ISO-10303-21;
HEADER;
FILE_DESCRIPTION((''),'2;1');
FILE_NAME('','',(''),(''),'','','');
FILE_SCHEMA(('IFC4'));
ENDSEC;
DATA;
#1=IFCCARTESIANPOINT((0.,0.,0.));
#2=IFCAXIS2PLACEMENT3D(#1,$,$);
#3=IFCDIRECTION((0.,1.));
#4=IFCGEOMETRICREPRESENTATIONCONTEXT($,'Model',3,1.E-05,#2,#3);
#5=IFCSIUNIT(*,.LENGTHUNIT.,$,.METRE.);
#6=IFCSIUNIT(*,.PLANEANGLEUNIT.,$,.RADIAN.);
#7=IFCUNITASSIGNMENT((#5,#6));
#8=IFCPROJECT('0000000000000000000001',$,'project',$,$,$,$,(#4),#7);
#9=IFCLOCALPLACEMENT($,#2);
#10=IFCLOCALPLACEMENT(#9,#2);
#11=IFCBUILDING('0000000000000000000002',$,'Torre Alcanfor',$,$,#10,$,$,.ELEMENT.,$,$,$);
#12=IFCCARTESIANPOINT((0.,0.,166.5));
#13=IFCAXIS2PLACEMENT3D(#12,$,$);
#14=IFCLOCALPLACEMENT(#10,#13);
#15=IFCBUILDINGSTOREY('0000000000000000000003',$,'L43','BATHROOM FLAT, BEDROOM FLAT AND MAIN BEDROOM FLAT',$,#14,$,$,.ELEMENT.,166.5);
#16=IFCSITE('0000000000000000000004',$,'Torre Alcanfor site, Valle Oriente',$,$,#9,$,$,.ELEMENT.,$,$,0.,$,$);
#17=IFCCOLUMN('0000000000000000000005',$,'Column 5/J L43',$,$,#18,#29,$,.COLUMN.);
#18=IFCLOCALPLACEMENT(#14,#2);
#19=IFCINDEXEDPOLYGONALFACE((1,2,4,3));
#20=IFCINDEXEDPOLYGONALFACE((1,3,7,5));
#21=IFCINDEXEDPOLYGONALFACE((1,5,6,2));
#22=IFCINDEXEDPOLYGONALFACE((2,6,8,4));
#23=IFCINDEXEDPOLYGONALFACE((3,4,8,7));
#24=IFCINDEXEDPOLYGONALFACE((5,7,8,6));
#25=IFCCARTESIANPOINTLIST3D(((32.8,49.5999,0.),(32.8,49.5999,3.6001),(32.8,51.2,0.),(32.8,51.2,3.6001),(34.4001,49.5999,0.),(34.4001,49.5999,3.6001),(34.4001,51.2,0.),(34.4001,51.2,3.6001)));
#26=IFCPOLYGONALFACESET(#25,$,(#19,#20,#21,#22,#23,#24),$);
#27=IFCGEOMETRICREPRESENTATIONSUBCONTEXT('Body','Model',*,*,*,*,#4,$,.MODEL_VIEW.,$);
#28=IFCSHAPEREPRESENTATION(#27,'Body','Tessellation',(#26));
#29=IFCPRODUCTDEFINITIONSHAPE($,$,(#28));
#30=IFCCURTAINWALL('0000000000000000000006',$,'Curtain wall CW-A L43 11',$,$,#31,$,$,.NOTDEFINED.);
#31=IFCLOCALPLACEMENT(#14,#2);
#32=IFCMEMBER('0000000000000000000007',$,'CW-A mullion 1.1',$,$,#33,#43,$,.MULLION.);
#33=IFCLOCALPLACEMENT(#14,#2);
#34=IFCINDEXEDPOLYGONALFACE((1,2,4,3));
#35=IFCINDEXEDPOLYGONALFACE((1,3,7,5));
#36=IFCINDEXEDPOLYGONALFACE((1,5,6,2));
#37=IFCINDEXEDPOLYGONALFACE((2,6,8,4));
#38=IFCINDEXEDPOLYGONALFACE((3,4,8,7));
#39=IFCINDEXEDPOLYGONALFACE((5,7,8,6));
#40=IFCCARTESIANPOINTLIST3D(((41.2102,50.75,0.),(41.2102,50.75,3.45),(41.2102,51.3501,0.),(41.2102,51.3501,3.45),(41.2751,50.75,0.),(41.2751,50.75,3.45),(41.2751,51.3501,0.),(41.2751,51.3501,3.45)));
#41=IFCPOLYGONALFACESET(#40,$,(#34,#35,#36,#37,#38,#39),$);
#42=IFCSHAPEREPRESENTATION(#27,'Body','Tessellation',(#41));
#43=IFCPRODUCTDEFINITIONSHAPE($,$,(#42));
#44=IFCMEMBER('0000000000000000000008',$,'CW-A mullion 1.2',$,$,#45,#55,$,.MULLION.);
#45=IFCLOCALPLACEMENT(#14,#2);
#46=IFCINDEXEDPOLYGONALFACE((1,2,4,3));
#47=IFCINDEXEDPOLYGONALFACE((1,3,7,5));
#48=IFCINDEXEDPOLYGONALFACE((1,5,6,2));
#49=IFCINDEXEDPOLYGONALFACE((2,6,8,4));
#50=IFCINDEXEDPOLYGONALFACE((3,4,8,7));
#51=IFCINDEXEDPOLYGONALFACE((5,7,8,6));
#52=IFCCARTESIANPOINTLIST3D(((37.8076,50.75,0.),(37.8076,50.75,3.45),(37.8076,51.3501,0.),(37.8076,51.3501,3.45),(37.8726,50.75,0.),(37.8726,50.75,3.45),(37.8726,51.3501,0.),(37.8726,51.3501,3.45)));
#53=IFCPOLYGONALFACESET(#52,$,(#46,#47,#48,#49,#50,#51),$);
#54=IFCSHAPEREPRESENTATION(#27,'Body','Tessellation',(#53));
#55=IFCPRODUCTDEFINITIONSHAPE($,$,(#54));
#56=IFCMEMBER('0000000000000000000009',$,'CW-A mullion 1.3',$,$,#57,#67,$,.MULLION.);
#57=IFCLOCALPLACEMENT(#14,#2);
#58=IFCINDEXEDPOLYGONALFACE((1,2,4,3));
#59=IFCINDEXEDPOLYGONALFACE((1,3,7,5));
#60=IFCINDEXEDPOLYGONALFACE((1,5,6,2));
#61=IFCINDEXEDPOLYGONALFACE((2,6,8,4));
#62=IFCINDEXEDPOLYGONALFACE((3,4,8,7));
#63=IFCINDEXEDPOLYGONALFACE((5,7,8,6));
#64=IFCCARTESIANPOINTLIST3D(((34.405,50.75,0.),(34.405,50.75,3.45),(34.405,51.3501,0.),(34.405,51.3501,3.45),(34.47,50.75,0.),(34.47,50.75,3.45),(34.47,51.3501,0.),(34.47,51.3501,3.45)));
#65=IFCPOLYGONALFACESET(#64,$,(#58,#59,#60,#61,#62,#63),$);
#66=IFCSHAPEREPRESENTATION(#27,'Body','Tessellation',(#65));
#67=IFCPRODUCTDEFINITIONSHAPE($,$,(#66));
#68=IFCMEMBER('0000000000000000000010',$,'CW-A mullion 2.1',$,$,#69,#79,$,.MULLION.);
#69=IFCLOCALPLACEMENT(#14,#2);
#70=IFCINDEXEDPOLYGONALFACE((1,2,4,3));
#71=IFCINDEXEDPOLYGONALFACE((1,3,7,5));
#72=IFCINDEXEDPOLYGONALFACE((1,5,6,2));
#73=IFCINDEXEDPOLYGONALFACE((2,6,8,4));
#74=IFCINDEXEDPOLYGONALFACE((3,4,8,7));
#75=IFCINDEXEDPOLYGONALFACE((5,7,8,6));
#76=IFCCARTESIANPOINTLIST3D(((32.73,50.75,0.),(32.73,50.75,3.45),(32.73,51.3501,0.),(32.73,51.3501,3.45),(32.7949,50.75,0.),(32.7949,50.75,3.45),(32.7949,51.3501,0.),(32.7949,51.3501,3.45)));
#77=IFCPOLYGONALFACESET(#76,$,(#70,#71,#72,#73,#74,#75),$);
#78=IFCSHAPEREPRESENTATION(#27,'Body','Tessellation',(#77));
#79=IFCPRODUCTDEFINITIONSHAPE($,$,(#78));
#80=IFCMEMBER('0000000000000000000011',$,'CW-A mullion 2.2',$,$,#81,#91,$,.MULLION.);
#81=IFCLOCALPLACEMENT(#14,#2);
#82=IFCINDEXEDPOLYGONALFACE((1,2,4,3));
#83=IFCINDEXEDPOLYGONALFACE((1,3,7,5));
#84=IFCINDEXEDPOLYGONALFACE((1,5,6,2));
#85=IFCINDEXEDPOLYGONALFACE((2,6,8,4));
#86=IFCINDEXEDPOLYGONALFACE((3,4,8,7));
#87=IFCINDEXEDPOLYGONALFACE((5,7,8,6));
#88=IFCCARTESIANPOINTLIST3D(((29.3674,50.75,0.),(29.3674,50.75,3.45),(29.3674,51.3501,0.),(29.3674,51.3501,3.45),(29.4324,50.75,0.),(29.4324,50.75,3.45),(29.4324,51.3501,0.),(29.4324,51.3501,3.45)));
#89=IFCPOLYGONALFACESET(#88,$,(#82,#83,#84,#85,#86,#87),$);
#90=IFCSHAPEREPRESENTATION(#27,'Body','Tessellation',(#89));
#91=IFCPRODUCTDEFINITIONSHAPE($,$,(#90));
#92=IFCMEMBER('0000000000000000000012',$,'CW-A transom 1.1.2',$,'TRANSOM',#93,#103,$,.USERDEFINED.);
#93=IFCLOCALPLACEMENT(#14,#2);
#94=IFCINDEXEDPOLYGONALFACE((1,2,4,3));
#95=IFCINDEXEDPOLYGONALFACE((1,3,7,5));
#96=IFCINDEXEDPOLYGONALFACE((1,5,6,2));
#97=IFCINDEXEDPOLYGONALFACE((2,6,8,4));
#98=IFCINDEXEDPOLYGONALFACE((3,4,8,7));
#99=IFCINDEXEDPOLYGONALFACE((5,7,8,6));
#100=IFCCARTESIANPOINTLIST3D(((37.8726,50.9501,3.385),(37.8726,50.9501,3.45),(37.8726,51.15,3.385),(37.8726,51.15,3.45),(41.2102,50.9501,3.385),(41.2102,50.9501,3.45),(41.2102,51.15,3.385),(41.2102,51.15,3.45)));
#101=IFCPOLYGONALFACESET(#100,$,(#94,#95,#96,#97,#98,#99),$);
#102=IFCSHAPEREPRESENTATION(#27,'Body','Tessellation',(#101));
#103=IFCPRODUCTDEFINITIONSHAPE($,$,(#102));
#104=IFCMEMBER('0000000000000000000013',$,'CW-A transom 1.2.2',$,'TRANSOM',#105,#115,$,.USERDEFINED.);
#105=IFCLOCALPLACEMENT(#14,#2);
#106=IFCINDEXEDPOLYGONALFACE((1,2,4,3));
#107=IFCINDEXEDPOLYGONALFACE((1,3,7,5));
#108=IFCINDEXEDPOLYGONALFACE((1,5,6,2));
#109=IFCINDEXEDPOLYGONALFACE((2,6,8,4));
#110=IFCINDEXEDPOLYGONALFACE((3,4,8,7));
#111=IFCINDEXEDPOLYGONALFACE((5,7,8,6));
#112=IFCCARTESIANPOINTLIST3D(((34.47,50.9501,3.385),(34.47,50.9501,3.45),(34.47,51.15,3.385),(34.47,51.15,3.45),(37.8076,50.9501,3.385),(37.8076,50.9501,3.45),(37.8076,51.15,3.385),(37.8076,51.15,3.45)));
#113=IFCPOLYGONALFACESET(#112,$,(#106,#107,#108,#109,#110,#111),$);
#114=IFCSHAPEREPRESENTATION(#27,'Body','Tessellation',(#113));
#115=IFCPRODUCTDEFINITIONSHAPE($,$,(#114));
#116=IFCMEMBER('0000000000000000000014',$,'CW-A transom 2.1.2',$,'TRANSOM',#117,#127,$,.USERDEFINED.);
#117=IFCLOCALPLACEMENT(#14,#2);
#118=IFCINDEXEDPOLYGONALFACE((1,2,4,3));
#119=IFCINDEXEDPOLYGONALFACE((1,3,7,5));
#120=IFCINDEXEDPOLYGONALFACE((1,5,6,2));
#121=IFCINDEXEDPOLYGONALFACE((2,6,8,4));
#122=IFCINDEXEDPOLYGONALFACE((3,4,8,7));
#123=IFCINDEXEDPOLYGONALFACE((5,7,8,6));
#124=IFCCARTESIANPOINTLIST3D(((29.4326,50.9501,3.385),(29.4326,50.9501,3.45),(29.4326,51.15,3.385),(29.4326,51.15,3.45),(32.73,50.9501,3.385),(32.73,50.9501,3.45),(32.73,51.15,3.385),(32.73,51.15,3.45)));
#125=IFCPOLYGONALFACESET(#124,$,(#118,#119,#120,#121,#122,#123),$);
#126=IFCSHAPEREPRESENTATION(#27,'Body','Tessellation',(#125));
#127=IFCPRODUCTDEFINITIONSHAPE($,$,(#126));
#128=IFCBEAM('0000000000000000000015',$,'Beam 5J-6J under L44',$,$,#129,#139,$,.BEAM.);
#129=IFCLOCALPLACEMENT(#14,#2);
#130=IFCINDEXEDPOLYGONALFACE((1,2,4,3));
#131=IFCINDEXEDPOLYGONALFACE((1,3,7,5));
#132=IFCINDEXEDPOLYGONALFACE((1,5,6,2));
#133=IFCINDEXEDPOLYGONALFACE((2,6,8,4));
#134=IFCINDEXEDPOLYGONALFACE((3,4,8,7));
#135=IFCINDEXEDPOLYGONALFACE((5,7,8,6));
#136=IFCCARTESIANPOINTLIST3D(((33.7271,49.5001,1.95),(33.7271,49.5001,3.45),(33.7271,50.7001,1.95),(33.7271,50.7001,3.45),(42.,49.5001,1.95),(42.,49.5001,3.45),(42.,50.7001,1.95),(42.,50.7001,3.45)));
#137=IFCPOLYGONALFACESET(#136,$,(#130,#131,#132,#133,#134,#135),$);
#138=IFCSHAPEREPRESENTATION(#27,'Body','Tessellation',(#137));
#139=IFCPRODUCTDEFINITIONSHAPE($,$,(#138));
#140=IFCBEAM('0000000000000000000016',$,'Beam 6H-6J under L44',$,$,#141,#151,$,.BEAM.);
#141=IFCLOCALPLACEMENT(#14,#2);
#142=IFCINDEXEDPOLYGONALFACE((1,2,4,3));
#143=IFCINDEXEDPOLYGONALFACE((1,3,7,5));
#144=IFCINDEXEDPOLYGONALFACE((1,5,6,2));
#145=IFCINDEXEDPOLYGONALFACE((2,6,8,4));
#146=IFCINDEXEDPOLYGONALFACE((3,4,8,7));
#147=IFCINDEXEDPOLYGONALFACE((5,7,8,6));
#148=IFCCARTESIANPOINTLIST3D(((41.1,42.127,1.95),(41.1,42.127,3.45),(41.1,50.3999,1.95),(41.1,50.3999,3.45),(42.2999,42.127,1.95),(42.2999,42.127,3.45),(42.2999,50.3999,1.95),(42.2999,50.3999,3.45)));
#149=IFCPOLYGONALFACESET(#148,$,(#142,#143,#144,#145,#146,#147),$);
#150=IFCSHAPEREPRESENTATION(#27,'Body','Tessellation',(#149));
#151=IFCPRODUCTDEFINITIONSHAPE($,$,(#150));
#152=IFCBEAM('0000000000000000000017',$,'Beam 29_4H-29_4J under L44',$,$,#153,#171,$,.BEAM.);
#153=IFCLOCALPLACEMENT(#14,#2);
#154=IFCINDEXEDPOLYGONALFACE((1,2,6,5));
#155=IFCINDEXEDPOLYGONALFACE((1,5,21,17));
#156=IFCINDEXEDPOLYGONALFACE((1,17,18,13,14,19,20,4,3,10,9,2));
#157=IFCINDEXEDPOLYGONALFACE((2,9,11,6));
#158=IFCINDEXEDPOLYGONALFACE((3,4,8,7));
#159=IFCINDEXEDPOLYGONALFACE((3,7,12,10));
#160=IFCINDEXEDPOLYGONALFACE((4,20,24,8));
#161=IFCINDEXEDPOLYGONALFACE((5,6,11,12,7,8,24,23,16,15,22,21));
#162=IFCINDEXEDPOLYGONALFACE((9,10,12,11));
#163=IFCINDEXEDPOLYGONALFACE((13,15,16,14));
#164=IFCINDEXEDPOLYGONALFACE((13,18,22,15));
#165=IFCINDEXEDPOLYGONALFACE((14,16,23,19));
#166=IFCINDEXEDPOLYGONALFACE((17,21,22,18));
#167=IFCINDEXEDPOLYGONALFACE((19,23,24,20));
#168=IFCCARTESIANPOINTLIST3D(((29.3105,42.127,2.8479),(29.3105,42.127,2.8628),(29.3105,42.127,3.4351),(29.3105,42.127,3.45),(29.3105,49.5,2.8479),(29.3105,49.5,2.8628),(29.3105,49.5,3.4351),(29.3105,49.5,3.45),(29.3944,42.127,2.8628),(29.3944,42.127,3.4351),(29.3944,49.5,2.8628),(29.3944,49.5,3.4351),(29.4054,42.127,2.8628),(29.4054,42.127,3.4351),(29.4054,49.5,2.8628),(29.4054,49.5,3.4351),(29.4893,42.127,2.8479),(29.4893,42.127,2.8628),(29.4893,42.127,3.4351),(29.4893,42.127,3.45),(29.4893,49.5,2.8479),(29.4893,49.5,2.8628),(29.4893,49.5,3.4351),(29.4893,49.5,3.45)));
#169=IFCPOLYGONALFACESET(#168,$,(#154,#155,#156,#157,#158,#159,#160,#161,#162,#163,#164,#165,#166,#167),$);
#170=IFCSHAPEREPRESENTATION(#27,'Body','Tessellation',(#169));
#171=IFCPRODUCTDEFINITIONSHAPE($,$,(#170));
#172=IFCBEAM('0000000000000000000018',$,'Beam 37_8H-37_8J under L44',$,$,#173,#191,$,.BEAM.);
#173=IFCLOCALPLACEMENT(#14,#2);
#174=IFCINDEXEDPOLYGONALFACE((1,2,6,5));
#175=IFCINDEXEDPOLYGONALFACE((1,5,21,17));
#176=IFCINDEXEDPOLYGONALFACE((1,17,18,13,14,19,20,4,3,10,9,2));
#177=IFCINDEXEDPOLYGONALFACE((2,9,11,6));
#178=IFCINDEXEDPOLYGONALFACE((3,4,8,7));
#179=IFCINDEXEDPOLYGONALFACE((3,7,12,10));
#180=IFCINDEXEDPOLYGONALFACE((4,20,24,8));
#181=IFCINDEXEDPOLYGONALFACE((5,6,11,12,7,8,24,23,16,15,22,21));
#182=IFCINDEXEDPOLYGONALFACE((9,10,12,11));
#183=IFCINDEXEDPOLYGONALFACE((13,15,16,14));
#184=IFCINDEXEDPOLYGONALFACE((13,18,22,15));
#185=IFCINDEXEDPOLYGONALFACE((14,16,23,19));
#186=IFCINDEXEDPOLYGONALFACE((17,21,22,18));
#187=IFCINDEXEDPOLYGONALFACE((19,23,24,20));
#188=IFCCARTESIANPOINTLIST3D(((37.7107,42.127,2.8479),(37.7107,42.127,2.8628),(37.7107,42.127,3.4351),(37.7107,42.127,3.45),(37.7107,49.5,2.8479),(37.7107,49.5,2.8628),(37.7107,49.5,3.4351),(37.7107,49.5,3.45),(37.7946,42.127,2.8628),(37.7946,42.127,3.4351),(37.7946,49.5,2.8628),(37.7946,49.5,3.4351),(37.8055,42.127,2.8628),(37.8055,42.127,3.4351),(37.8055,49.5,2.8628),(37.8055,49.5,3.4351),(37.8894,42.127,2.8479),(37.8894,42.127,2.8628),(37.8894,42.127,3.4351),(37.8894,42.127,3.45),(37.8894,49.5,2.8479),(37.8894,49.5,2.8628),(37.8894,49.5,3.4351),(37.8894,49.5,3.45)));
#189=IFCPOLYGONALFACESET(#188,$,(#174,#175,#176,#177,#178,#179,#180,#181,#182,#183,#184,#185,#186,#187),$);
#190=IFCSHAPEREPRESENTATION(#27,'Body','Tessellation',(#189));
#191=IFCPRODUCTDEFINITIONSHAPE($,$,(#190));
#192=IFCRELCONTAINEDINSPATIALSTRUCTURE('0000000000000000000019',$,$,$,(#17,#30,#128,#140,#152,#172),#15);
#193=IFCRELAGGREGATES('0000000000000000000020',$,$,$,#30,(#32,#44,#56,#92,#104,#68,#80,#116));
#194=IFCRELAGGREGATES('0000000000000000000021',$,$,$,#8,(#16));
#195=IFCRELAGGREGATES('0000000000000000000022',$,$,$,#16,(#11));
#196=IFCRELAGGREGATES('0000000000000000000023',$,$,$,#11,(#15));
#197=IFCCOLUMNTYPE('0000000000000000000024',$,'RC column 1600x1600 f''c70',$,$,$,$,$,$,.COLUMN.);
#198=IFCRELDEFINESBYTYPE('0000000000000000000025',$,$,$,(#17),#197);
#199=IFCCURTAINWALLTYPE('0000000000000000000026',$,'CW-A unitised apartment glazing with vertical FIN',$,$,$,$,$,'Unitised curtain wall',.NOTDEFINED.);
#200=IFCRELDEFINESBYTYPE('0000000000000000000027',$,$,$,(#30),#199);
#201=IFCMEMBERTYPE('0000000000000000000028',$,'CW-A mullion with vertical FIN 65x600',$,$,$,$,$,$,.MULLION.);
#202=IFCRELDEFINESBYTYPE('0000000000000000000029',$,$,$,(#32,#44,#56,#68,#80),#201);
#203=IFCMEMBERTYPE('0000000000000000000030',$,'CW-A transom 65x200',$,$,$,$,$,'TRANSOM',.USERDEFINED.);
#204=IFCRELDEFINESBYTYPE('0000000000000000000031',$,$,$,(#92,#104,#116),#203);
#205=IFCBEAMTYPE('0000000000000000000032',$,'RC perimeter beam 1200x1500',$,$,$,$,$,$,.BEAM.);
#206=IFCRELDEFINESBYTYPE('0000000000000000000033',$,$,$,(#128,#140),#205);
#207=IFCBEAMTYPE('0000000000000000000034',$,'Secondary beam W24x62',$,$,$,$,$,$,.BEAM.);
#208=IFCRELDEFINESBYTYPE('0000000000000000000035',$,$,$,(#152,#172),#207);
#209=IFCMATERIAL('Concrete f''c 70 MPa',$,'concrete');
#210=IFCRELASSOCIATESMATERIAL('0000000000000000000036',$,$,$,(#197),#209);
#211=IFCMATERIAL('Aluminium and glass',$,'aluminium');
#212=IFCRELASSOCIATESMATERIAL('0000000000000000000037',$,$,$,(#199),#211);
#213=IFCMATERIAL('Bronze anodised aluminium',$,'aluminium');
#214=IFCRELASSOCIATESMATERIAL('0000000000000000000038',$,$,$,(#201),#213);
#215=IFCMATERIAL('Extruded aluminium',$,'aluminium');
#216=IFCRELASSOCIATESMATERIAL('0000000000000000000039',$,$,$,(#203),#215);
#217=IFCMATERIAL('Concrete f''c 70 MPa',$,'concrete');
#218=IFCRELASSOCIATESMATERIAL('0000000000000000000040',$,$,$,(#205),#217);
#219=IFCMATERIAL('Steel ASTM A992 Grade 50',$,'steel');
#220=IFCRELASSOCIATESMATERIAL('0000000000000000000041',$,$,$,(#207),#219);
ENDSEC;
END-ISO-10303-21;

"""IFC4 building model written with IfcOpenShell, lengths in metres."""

from ifc_helpers import new_model, si_unit, direction, frame, origin, origin_2d, place, context, subcontext, project, spatial, rectangle, i_section, extrude, material, material_profile, profile_set, type_object, element, aggregate, save


model = new_model("IFC4")

# Units and contexts
model_context = context("Model", 3, precision=1e-05, world=origin(), true_north=direction((0.0, 1.0)))
body_context = subcontext(model_context, "Body", "Model", "MODEL_VIEW")
ifc_project = project(units=[si_unit("LENGTHUNIT", "METRE"), si_unit("PLANEANGLEUNIT", "RADIAN")], contexts=[model_context])

# Site, building, storey
site_placement = place(None, origin())
site = spatial("IfcSite", under=ifc_project, at=site_placement, Name="Torre Alcanfor site, Valle Oriente", CompositionType="ELEMENT", RefElevation=0.0)
building_placement = place(site_placement, origin())
building = spatial("IfcBuilding", under=site, at=building_placement, Name="Torre Alcanfor", CompositionType="ELEMENT")
storey_placement = place(building_placement, frame((0.0, 0.0, 166.5)))
storey = spatial("IfcBuildingStorey", under=building, at=storey_placement, Name="L43", Description="BATHROOM FLAT, BEDROOM FLAT AND MAIN BEDROOM FLAT", CompositionType="ELEMENT", Elevation=166.5)

# Column
ifc_material_1 = material(Name="Concrete f'c 70 MPa", Category="concrete")
ifc_material_profile_1 = material_profile(ifc_material_1, rectangle(XDim=1.6001, YDim=1.6001, at=origin_2d()), Name="1600x1600")
ifc_profile_set_1 = profile_set([ifc_material_profile_1], Name="Concrete f'c 70 MPa")
column_type = type_object("IfcColumnType", Name="RC column 1600x1600 f'c70", PredefinedType="COLUMN", material=ifc_profile_set_1)
column_placement = place(storey_placement, frame((33.6001, 50.3999, 0.0), z_axis=(0.0, 0.0, 1.0), x_axis=(1.0, 0.0, 0.0)))
element("IfcColumn", 1, at=column_placement, inside=storey, type_object=column_type, Name="Column 5/J L43", PredefinedType="COLUMN", context=body_context, shape_type="SweptSolid", body=[
    extrude(rectangle(XDim=1.6001, YDim=1.6001, at=origin_2d()), origin(), (0.0, 0.0, 1.0), 3.6001),
])

# Curtain wall, members
ifc_material_2 = material(Name="Aluminium and glass", Category="aluminium")
curtain_wall_type = type_object("IfcCurtainWallType", Name="CW-A unitised apartment glazing with vertical FIN", ElementType="Unitised curtain wall", PredefinedType="NOTDEFINED", material=ifc_material_2)
curtain_wall_placement = place(storey_placement, origin())
curtain_wall = element("IfcCurtainWall", 2, at=curtain_wall_placement, inside=storey, type_object=curtain_wall_type, Name="Curtain wall CW-A L43 11", PredefinedType="NOTDEFINED")
ifc_material_3 = material(Name="Bronze anodised aluminium", Category="aluminium")
ifc_material_profile_2 = material_profile(ifc_material_3, rectangle(XDim=0.6001, YDim=0.0649, at=origin_2d()), Name="CW-A mullion 65x600")
ifc_profile_set_2 = profile_set([ifc_material_profile_2], Name="Bronze anodised aluminium")
member_type_1 = type_object("IfcMemberType", Name="CW-A mullion with vertical FIN 65x600", PredefinedType="MULLION", material=ifc_profile_set_2)
member_1_placement = place(storey_placement, frame((41.2427, 51.05, 0.0), z_axis=(0.0, 0.0, 1.0), x_axis=(0.0, -1.0, 0.0)))
member_1 = element("IfcMember", 3, at=member_1_placement, type_object=member_type_1, Name="CW-A mullion 1.1", PredefinedType="MULLION", context=body_context, shape_type="SweptSolid", body=[
    extrude(rectangle(XDim=0.6001, YDim=0.0649, at=origin_2d()), origin(), (0.0, 0.0, 1.0), 3.45),
])
member_2_placement = place(storey_placement, frame((37.8401, 51.05, 0.0), z_axis=(0.0, 0.0, 1.0), x_axis=(0.0, -1.0, 0.0)))
member_2 = element("IfcMember", 4, at=member_2_placement, type_object=member_type_1, Name="CW-A mullion 1.2", PredefinedType="MULLION", context=body_context, shape_type="SweptSolid", body=[
    extrude(rectangle(XDim=0.6001, YDim=0.0649, at=origin_2d()), origin(), (0.0, 0.0, 1.0), 3.45),
])
member_3_placement = place(storey_placement, frame((34.4375, 51.05, 0.0), z_axis=(0.0, 0.0, 1.0), x_axis=(0.0, -1.0, 0.0)))
member_3 = element("IfcMember", 5, at=member_3_placement, type_object=member_type_1, Name="CW-A mullion 1.3", PredefinedType="MULLION", context=body_context, shape_type="SweptSolid", body=[
    extrude(rectangle(XDim=0.6001, YDim=0.0649, at=origin_2d()), origin(), (0.0, 0.0, 1.0), 3.45),
])
member_4_placement = place(storey_placement, frame((32.7625, 51.05, 0.0), z_axis=(0.0, 0.0, 1.0), x_axis=(0.0, -1.0, 0.0)))
member_4 = element("IfcMember", 6, at=member_4_placement, type_object=member_type_1, Name="CW-A mullion 2.1", PredefinedType="MULLION", context=body_context, shape_type="SweptSolid", body=[
    extrude(rectangle(XDim=0.6001, YDim=0.0649, at=origin_2d()), origin(), (0.0, 0.0, 1.0), 3.45),
])
member_5_placement = place(storey_placement, frame((29.3999, 51.05, 0.0), z_axis=(0.0, 0.0, 1.0), x_axis=(0.0, -1.0, 0.0)))
member_5 = element("IfcMember", 7, at=member_5_placement, type_object=member_type_1, Name="CW-A mullion 2.2", PredefinedType="MULLION", context=body_context, shape_type="SweptSolid", body=[
    extrude(rectangle(XDim=0.6001, YDim=0.0649, at=origin_2d()), origin(), (0.0, 0.0, 1.0), 3.45),
])
ifc_material_4 = material(Name="Extruded aluminium", Category="aluminium")
ifc_material_profile_3 = material_profile(ifc_material_4, rectangle(XDim=0.2, YDim=0.0649, at=origin_2d()), Name="CW-A transom 200x65")
ifc_profile_set_3 = profile_set([ifc_material_profile_3], Name="Extruded aluminium")
member_type_2 = type_object("IfcMemberType", Name="CW-A transom 65x200", ElementType="TRANSOM", PredefinedType="USERDEFINED", material=ifc_profile_set_3)
member_6_placement = place(storey_placement, frame((41.2102, 51.05, 3.4175), z_axis=(-1.0, 0.0, 0.0), x_axis=(0.0, -1.0, 0.0)))
member_6 = element("IfcMember", 8, at=member_6_placement, type_object=member_type_2, Name="CW-A transom 1.1.2", ObjectType="TRANSOM", PredefinedType="USERDEFINED", context=body_context, shape_type="SweptSolid", body=[
    extrude(rectangle(XDim=0.2, YDim=0.0649, at=origin_2d()), origin(), (0.0, 0.0, 1.0), 3.3376),
])
member_7_placement = place(storey_placement, frame((37.8076, 51.05, 3.4175), z_axis=(-1.0, 0.0, 0.0), x_axis=(0.0, -1.0, 0.0)))
member_7 = element("IfcMember", 9, at=member_7_placement, type_object=member_type_2, Name="CW-A transom 1.2.2", ObjectType="TRANSOM", PredefinedType="USERDEFINED", context=body_context, shape_type="SweptSolid", body=[
    extrude(rectangle(XDim=0.2, YDim=0.0649, at=origin_2d()), origin(), (0.0, 0.0, 1.0), 3.3376),
])
member_8_placement = place(storey_placement, frame((32.73, 51.05, 3.4175), z_axis=(-1.0, 0.0, 0.0), x_axis=(0.0, -1.0, 0.0)))
member_8 = element("IfcMember", 10, at=member_8_placement, type_object=member_type_2, Name="CW-A transom 2.1.2", ObjectType="TRANSOM", PredefinedType="USERDEFINED", context=body_context, shape_type="SweptSolid", body=[
    extrude(rectangle(XDim=0.2, YDim=0.0649, at=origin_2d()), origin(), (0.0, 0.0, 1.0), 3.2974),
])

# Beams
ifc_material_5 = material(Name="Concrete f'c 70 MPa", Category="concrete")
ifc_material_profile_4 = material_profile(ifc_material_5, rectangle(XDim=1.2, YDim=1.5, at=origin_2d()), Name="1200x1500")
ifc_profile_set_4 = profile_set([ifc_material_profile_4], Name="Concrete f'c 70 MPa")
beam_type_1 = type_object("IfcBeamType", Name="RC perimeter beam 1200x1500", PredefinedType="BEAM", material=ifc_profile_set_4)
for number, where, z_axis, x_axis, name in (
    (11, (33.7271, 50.1001, 2.7), (1.0, 0.0, 0.0), (0.0, 1.0, 0.0), "Beam 5J-6J under L44"),
    (12, (41.7, 42.127, 2.7), (0.0, 1.0, 0.0), (-1.0, 0.0, 0.0), "Beam 6H-6J under L44"),
):
    element("IfcBeam", number, at=place(storey_placement, frame(where, z_axis=z_axis, x_axis=x_axis)), inside=storey, type_object=beam_type_1, Name=name, PredefinedType="BEAM", context=body_context, shape_type="SweptSolid", body=[
        extrude(rectangle(XDim=1.2, YDim=1.5, at=origin_2d()), origin(), (0.0, 0.0, 1.0), 8.2729),
    ])
ifc_material_6 = material(Name="Steel ASTM A992 Grade 50", Category="steel")
ifc_material_profile_5 = material_profile(ifc_material_6, i_section(OverallWidth=0.1787, OverallDepth=0.6021, WebThickness=0.011, FlangeThickness=0.0149, at=origin_2d()), Name="W24x62")
ifc_profile_set_5 = profile_set([ifc_material_profile_5], Name="Steel ASTM A992 Grade 50")
beam_type_2 = type_object("IfcBeamType", Name="Secondary beam W24x62", PredefinedType="BEAM", material=ifc_profile_set_5)
for number, where, z_axis, x_axis, name in (
    (13, (29.3999, 42.127, 3.1489), (0.0, 1.0, 0.0), (-1.0, 0.0, 0.0), "Beam 29_4H-29_4J under L44"),
    (14, (37.8, 42.127, 3.1489), (0.0, 1.0, 0.0), (-1.0, 0.0, 0.0), "Beam 37_8H-37_8J under L44"),
):
    element("IfcBeam", number, at=place(storey_placement, frame(where, z_axis=z_axis, x_axis=x_axis)), inside=storey, type_object=beam_type_2, Name=name, PredefinedType="BEAM", context=body_context, shape_type="SweptSolid", body=[
        extrude(i_section(OverallWidth=0.1787, OverallDepth=0.6021, WebThickness=0.011, FlangeThickness=0.0149, at=origin_2d()), origin(), (0.0, 0.0, 1.0), 7.373),
    ])

aggregate(curtain_wall, [member_1, member_2, member_3, member_6, member_7, member_4, member_5, member_8])

save(model, "model.ifc")
